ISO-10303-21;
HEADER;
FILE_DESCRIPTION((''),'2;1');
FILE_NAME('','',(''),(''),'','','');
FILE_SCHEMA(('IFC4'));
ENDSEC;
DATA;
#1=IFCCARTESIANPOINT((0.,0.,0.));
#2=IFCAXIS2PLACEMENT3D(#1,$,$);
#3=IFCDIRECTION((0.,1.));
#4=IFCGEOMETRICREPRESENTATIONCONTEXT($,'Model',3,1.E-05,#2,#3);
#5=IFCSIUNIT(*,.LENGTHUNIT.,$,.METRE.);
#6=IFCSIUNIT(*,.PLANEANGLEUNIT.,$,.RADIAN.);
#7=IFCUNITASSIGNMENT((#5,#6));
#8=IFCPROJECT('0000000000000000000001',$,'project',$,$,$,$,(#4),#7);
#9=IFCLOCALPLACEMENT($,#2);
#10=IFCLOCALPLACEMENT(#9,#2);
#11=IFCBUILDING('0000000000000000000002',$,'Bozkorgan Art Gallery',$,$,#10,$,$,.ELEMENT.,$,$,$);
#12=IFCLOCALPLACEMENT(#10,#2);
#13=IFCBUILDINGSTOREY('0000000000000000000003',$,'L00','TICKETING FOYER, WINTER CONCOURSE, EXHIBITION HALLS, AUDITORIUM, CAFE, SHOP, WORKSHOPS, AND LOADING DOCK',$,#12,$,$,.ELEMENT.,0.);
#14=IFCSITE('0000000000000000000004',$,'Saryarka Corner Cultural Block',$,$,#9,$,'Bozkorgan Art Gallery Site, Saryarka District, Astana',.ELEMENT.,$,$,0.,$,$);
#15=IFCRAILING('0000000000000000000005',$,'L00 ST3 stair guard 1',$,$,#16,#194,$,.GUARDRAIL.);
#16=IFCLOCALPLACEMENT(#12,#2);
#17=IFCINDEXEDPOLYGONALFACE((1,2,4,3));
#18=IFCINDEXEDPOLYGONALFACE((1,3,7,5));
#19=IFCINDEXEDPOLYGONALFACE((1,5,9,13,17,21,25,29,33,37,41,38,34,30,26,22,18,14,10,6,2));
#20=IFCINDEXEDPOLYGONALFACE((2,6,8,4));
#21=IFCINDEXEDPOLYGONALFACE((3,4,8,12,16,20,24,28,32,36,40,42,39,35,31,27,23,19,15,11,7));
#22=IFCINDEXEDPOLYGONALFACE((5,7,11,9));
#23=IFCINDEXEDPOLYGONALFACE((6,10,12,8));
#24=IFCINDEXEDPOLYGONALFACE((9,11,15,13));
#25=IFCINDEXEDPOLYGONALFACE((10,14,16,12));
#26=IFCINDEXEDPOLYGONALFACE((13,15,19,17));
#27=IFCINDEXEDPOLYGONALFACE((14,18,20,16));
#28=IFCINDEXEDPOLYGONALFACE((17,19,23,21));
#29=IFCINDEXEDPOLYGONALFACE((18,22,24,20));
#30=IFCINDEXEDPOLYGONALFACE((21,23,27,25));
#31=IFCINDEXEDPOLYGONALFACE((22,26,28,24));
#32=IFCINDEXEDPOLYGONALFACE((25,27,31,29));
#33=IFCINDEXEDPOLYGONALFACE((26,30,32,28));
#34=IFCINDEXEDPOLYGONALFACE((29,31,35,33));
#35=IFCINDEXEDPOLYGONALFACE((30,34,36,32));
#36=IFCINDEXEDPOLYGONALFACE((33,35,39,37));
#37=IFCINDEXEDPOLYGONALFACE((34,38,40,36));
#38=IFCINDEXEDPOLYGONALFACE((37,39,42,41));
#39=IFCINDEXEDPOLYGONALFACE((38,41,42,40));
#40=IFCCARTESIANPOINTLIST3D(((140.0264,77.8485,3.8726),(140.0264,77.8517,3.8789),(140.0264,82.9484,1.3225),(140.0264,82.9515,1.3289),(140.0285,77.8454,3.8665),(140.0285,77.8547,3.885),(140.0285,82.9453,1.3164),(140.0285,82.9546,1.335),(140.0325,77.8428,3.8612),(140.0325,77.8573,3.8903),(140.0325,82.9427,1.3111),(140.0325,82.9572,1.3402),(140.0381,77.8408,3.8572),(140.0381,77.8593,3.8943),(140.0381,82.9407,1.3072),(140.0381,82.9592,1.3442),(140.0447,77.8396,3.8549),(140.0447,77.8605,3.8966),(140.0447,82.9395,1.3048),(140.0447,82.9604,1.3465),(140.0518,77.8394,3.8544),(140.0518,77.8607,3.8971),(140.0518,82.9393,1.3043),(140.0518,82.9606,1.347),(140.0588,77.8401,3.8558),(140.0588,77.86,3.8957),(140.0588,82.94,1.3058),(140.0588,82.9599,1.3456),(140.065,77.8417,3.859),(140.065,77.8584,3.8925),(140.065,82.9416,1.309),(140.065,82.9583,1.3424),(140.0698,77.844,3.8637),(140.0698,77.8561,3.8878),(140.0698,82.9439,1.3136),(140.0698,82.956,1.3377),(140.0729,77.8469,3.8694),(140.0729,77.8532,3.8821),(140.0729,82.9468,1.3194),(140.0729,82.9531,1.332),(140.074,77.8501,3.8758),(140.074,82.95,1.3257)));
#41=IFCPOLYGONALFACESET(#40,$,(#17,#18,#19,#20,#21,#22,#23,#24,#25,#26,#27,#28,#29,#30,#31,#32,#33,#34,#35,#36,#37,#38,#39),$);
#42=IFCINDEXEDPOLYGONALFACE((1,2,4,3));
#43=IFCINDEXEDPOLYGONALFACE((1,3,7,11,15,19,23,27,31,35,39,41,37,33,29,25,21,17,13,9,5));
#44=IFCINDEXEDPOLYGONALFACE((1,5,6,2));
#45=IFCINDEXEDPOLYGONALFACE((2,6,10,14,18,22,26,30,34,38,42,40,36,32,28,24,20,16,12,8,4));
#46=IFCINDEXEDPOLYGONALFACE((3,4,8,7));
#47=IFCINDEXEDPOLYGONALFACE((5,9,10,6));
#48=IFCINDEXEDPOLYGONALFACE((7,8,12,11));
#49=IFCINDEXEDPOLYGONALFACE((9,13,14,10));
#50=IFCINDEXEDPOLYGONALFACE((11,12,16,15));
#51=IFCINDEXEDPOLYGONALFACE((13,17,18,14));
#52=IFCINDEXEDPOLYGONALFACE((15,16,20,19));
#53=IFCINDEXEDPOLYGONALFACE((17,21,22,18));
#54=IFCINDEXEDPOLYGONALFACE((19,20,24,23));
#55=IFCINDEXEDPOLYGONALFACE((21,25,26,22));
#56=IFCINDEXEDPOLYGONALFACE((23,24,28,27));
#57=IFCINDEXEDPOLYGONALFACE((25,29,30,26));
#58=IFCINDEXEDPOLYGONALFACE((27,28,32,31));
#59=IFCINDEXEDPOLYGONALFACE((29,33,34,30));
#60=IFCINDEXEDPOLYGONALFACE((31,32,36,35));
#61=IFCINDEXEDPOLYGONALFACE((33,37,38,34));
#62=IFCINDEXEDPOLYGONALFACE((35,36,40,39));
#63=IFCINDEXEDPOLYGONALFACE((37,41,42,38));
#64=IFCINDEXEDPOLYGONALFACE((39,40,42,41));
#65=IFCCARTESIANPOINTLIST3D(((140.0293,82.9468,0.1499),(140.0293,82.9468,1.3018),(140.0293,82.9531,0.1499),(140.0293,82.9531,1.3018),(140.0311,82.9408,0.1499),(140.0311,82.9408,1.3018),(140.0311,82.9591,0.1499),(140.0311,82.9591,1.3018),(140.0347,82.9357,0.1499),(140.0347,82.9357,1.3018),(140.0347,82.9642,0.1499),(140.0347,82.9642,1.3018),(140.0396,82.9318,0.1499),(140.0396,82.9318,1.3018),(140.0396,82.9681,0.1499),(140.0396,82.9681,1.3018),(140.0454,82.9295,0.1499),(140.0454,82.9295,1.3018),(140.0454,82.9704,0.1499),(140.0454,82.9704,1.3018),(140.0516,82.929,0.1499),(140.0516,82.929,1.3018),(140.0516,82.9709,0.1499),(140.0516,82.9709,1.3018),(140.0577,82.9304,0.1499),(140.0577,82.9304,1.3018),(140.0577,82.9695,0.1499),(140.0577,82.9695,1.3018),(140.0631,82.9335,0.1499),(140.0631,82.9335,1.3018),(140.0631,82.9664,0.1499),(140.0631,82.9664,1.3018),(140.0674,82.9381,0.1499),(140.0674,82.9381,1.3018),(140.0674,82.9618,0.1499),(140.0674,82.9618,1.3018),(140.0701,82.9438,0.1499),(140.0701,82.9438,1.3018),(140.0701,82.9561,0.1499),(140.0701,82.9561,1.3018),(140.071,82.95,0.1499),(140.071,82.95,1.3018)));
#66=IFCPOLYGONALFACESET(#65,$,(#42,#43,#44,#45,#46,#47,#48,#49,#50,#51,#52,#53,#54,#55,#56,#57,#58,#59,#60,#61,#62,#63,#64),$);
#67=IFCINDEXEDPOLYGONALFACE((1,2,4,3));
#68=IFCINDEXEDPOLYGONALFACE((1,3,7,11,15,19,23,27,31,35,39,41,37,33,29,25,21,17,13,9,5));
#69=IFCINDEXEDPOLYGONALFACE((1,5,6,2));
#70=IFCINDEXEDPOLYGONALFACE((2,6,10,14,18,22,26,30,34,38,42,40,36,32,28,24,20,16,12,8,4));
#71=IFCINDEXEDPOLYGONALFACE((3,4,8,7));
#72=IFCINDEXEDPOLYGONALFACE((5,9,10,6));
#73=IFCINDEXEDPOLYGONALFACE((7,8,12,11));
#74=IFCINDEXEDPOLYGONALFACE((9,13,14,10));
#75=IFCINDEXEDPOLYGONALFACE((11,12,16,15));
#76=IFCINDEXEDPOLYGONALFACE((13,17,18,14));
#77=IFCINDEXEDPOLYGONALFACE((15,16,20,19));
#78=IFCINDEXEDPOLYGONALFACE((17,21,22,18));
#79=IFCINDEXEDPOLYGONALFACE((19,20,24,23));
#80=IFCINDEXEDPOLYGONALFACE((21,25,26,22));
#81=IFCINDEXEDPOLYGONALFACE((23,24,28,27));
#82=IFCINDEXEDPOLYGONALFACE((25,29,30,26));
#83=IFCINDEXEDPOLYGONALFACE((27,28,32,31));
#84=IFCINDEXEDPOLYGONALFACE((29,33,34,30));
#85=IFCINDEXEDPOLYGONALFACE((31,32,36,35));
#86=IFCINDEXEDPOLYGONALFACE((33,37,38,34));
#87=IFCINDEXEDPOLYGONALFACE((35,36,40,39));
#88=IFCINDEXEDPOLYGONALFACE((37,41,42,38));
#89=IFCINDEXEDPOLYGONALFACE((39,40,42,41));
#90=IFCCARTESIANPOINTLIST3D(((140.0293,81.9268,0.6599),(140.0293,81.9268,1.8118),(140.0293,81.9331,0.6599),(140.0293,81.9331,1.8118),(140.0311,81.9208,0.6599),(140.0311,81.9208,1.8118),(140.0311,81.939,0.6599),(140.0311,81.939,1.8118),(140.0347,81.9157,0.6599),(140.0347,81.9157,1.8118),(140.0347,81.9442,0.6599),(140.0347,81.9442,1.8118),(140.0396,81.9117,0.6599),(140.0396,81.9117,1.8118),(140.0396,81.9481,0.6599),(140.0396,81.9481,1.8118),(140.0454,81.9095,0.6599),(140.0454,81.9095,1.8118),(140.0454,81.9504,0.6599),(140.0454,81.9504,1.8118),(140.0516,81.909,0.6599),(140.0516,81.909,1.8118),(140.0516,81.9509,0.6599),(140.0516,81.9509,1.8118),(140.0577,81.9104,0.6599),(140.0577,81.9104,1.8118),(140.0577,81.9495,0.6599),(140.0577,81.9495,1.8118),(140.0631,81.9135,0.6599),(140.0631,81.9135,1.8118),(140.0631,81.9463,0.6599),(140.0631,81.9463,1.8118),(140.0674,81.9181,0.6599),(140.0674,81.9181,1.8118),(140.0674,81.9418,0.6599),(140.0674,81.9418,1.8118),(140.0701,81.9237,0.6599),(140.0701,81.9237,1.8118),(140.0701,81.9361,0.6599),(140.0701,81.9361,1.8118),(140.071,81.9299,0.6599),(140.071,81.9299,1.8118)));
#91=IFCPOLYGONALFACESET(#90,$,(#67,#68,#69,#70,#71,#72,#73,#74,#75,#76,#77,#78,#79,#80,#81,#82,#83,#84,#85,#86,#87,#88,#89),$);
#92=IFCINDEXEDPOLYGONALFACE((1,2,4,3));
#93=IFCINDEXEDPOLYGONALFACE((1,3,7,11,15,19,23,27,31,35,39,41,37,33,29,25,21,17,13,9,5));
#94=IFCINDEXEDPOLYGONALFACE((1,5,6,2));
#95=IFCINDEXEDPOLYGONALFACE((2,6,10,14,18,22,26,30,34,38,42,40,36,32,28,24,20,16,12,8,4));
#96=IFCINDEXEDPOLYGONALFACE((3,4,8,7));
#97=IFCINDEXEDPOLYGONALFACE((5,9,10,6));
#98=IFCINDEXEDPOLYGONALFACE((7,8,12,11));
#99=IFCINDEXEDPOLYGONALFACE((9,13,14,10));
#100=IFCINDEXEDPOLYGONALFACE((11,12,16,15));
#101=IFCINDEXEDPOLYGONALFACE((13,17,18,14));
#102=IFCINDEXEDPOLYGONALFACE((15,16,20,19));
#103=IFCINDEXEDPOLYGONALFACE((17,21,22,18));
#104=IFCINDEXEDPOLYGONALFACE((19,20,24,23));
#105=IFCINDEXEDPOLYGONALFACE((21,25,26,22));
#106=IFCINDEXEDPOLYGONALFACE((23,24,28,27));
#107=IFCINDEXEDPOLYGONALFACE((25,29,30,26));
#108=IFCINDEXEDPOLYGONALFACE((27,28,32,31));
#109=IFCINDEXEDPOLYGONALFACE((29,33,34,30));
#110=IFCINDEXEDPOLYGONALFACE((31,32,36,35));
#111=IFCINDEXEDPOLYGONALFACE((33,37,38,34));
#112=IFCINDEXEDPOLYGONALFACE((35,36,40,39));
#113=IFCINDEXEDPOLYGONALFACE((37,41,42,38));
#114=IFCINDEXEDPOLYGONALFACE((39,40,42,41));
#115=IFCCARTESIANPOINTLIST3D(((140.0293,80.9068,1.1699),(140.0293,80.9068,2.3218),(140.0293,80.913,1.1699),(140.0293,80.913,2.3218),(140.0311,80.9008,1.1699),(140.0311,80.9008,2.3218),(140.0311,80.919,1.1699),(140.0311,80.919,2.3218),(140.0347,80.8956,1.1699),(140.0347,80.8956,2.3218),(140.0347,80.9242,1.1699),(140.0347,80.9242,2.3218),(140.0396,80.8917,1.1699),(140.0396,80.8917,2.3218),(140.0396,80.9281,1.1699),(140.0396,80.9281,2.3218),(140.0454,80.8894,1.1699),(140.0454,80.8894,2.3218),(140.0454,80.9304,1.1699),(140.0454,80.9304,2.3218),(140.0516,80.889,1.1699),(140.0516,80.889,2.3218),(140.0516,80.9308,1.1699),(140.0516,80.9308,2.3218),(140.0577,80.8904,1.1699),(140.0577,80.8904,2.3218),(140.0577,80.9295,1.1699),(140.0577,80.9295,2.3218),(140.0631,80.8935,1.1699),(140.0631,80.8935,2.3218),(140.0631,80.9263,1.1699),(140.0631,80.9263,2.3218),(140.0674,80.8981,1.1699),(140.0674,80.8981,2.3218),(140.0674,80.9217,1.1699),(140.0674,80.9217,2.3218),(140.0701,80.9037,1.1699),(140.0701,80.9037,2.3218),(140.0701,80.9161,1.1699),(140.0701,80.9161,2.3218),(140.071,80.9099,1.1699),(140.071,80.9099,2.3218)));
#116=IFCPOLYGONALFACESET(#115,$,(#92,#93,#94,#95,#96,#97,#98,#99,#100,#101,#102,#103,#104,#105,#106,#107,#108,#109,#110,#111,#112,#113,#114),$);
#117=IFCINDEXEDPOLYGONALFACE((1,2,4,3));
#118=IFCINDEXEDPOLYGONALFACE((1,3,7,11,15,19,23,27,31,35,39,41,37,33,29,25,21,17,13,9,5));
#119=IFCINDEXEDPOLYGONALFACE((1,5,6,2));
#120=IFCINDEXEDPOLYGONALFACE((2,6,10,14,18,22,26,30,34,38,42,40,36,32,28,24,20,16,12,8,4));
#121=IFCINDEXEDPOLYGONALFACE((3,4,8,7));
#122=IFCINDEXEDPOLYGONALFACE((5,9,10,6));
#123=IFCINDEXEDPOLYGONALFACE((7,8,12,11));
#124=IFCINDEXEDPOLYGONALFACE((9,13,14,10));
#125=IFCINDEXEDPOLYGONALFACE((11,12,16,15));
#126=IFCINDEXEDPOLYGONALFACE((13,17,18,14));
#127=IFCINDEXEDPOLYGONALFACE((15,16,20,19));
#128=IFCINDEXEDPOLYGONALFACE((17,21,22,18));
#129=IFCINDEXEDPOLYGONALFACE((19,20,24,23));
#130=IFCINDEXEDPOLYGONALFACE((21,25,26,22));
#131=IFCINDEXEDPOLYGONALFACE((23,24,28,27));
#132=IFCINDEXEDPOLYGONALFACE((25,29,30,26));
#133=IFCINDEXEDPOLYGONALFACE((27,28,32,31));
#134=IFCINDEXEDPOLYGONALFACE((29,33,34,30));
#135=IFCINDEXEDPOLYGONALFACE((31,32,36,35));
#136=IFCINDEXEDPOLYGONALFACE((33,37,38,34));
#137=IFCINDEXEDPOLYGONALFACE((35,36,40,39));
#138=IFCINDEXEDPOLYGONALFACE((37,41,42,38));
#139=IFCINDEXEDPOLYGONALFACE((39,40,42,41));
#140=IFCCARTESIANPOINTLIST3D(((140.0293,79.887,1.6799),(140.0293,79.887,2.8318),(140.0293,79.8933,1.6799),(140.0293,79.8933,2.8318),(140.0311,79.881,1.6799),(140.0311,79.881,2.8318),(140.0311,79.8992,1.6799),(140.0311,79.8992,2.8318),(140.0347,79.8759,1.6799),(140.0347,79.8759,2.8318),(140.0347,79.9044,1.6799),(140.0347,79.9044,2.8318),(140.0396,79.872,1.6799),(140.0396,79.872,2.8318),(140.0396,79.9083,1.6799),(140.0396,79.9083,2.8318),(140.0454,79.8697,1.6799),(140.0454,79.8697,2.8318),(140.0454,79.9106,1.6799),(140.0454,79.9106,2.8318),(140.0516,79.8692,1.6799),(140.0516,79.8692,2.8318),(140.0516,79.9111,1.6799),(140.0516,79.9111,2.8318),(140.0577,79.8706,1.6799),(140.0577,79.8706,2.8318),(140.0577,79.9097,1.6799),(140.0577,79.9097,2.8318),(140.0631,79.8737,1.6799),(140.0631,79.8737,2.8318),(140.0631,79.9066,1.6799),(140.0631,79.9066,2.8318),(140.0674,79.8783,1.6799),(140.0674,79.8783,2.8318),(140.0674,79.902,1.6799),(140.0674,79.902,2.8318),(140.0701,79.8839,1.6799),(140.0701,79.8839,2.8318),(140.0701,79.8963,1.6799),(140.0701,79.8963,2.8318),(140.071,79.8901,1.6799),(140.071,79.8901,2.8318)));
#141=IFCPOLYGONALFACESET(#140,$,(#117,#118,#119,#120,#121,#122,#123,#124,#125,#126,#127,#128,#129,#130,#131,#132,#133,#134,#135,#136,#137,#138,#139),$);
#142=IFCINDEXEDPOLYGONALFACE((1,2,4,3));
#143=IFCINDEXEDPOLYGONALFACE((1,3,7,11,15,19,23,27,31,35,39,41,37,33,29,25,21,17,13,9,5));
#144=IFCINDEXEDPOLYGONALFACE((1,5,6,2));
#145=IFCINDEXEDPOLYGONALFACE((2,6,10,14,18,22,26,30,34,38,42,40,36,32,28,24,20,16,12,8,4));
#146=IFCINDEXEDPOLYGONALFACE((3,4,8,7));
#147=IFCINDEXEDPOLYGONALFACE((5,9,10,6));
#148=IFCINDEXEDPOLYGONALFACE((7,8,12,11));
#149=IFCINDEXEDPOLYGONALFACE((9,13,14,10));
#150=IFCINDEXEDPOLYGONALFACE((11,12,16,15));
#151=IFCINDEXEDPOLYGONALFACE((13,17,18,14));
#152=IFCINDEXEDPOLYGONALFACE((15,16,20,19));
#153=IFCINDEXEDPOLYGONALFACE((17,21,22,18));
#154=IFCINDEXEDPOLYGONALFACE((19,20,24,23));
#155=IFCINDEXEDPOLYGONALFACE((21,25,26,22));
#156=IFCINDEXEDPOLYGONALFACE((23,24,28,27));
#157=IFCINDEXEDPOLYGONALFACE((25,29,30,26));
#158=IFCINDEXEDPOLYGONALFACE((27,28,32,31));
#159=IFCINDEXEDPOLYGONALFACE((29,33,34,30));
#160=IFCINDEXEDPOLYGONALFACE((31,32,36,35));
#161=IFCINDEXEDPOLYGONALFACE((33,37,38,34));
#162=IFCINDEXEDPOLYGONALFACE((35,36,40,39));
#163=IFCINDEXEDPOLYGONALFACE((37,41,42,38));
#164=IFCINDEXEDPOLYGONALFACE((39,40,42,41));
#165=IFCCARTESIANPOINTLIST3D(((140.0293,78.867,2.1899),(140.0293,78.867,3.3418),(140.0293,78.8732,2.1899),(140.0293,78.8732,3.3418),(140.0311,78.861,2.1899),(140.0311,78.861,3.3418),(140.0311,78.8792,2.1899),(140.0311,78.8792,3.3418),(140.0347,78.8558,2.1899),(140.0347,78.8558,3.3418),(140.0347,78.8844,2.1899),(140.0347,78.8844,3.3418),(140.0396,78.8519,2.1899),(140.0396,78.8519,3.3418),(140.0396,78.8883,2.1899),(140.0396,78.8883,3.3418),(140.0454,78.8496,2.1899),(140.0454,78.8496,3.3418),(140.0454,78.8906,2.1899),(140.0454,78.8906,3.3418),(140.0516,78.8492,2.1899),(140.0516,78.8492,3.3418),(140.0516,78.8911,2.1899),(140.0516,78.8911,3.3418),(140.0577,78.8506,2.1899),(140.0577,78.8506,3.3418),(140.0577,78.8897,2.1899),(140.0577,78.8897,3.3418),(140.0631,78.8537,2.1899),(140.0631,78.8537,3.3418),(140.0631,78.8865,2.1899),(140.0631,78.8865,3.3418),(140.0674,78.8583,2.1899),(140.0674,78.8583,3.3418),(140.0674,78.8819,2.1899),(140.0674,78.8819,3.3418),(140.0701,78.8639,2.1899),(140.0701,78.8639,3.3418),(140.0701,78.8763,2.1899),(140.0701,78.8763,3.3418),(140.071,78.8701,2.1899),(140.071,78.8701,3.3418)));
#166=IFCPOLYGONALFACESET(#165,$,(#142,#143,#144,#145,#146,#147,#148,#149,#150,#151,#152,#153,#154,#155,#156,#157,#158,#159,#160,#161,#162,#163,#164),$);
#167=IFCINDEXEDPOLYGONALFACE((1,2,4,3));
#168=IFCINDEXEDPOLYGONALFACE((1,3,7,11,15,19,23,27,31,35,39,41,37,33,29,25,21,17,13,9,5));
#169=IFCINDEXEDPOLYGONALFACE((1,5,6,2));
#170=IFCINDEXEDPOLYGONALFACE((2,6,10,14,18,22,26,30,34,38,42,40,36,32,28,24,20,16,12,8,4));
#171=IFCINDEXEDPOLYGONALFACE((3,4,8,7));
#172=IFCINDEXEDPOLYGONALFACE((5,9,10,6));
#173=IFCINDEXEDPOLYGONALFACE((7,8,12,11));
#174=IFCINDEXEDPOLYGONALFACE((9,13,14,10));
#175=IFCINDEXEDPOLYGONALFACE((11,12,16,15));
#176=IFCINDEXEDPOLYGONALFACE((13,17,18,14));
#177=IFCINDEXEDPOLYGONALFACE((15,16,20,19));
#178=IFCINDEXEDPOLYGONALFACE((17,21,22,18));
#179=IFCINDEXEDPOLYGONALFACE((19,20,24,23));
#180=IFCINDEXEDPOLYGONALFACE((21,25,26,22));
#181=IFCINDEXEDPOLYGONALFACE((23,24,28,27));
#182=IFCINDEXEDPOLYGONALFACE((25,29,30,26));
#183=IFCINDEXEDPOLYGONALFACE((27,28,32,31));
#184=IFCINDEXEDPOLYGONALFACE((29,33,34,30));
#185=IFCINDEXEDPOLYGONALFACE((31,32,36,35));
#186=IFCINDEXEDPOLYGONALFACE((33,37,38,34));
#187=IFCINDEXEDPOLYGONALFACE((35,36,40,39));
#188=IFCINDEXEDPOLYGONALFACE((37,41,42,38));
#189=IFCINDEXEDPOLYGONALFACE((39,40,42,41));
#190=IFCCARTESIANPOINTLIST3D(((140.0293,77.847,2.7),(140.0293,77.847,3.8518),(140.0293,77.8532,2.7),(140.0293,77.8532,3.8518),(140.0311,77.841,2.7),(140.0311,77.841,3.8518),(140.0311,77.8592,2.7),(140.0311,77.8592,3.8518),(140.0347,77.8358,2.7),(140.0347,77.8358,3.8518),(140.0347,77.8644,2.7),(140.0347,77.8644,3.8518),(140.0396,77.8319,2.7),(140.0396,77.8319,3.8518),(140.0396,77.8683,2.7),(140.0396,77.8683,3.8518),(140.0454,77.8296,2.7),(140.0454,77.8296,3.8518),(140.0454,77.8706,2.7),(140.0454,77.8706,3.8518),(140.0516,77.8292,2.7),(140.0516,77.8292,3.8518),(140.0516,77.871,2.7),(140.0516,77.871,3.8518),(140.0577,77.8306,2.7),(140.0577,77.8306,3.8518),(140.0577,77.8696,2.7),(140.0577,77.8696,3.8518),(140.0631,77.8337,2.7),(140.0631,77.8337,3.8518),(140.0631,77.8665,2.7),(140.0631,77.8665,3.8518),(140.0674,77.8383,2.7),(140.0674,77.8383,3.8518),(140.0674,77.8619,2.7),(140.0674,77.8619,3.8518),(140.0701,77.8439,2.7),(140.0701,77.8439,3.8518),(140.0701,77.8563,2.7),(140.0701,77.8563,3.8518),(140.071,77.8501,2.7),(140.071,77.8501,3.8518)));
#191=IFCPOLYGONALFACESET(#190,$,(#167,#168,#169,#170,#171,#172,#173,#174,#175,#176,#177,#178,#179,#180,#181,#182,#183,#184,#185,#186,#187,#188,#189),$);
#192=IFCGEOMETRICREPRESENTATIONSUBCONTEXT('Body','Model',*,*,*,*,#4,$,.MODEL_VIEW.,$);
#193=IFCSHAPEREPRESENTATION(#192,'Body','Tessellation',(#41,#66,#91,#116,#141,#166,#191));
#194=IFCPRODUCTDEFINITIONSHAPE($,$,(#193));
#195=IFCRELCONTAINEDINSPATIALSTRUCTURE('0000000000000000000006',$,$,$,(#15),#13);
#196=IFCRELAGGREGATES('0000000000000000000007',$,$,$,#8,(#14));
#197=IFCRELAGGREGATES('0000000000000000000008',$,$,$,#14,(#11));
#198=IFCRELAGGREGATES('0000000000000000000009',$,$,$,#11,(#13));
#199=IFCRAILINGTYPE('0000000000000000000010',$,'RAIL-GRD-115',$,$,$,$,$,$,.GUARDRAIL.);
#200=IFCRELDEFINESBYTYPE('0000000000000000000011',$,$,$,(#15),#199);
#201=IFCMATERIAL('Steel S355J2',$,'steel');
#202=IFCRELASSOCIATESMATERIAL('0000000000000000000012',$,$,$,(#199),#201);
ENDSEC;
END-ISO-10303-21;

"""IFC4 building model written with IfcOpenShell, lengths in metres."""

from ifc_helpers import new_model, si_unit, direction, frame, origin, origin_2d, place, context, subcontext, project, spatial, circle, extrude, material, type_object, element, save


model = new_model("IFC4")

# Units and contexts
model_context = context("Model", 3, precision=1e-05, world=origin(), true_north=direction((0.0, 1.0)))
body_context = subcontext(model_context, "Body", "Model", "MODEL_VIEW")
ifc_project = project(units=[si_unit("LENGTHUNIT", "METRE"), si_unit("PLANEANGLEUNIT", "RADIAN")], contexts=[model_context])

# Site, building, storey
site_placement = place(None, origin())
site = spatial("IfcSite", under=ifc_project, at=site_placement, Name="Saryarka Corner Cultural Block", LongName="Bozkorgan Art Gallery Site, Saryarka District, Astana", CompositionType="ELEMENT", RefElevation=0.0)
building_placement = place(site_placement, origin())
building = spatial("IfcBuilding", under=site, at=building_placement, Name="Bozkorgan Art Gallery", CompositionType="ELEMENT")
storey_placement = place(building_placement, origin())
storey = spatial("IfcBuildingStorey", under=building, at=storey_placement, Name="L00", Description="TICKETING FOYER, WINTER CONCOURSE, EXHIBITION HALLS, AUDITORIUM, CAFE, SHOP, WORKSHOPS, AND LOADING DOCK", CompositionType="ELEMENT", Elevation=0.0)

# Shared definitions
ifc_material_1 = material(Name="Steel S355J2", Category="steel")

# Railing
railing_type = type_object("IfcRailingType", Name="RAIL-GRD-115", PredefinedType="GUARDRAIL", material=ifc_material_1)
railing_1_placement = place(storey_placement, frame((140.05, 82.95, 0.1499)))
element("IfcRailing", 1, at=railing_1_placement, inside=storey, type_object=railing_type, Name="L00 ST3 stair guard 1", PredefinedType="GUARDRAIL", context=body_context, shape_type="SweptSolid", body=[
    extrude(circle(Radius=0.0239, at=origin_2d()), frame((0.0, 0.0, 1.1758), z_axis=(0.0, -0.894419, 0.447231), x_axis=(1.0, 0.0, 0.0)), (0.0, 0.0, 1.0), 5.7019),
    extrude(circle(Radius=0.021, at=origin_2d()), origin(), (0.0, 0.0, 1.0), 1.1519),
    extrude(circle(Radius=0.021, at=origin_2d()), frame((0.0, -1.02, 0.51)), (0.0, 0.0, 1.0), 1.1519),
    extrude(circle(Radius=0.021, at=origin_2d()), frame((0.0, -2.04, 1.02)), (0.0, 0.0, 1.0), 1.1519),
    extrude(circle(Radius=0.021, at=origin_2d()), frame((0.0, -3.0598, 1.53)), (0.0, 0.0, 1.0), 1.1519),
    extrude(circle(Radius=0.021, at=origin_2d()), frame((0.0, -4.0798, 2.04)), (0.0, 0.0, 1.0), 1.1519),
    extrude(circle(Radius=0.021, at=origin_2d()), frame((0.0, -5.0999, 2.55)), (0.0, 0.0, 1.0), 1.1519),
])

save(model, "model.ifc")
